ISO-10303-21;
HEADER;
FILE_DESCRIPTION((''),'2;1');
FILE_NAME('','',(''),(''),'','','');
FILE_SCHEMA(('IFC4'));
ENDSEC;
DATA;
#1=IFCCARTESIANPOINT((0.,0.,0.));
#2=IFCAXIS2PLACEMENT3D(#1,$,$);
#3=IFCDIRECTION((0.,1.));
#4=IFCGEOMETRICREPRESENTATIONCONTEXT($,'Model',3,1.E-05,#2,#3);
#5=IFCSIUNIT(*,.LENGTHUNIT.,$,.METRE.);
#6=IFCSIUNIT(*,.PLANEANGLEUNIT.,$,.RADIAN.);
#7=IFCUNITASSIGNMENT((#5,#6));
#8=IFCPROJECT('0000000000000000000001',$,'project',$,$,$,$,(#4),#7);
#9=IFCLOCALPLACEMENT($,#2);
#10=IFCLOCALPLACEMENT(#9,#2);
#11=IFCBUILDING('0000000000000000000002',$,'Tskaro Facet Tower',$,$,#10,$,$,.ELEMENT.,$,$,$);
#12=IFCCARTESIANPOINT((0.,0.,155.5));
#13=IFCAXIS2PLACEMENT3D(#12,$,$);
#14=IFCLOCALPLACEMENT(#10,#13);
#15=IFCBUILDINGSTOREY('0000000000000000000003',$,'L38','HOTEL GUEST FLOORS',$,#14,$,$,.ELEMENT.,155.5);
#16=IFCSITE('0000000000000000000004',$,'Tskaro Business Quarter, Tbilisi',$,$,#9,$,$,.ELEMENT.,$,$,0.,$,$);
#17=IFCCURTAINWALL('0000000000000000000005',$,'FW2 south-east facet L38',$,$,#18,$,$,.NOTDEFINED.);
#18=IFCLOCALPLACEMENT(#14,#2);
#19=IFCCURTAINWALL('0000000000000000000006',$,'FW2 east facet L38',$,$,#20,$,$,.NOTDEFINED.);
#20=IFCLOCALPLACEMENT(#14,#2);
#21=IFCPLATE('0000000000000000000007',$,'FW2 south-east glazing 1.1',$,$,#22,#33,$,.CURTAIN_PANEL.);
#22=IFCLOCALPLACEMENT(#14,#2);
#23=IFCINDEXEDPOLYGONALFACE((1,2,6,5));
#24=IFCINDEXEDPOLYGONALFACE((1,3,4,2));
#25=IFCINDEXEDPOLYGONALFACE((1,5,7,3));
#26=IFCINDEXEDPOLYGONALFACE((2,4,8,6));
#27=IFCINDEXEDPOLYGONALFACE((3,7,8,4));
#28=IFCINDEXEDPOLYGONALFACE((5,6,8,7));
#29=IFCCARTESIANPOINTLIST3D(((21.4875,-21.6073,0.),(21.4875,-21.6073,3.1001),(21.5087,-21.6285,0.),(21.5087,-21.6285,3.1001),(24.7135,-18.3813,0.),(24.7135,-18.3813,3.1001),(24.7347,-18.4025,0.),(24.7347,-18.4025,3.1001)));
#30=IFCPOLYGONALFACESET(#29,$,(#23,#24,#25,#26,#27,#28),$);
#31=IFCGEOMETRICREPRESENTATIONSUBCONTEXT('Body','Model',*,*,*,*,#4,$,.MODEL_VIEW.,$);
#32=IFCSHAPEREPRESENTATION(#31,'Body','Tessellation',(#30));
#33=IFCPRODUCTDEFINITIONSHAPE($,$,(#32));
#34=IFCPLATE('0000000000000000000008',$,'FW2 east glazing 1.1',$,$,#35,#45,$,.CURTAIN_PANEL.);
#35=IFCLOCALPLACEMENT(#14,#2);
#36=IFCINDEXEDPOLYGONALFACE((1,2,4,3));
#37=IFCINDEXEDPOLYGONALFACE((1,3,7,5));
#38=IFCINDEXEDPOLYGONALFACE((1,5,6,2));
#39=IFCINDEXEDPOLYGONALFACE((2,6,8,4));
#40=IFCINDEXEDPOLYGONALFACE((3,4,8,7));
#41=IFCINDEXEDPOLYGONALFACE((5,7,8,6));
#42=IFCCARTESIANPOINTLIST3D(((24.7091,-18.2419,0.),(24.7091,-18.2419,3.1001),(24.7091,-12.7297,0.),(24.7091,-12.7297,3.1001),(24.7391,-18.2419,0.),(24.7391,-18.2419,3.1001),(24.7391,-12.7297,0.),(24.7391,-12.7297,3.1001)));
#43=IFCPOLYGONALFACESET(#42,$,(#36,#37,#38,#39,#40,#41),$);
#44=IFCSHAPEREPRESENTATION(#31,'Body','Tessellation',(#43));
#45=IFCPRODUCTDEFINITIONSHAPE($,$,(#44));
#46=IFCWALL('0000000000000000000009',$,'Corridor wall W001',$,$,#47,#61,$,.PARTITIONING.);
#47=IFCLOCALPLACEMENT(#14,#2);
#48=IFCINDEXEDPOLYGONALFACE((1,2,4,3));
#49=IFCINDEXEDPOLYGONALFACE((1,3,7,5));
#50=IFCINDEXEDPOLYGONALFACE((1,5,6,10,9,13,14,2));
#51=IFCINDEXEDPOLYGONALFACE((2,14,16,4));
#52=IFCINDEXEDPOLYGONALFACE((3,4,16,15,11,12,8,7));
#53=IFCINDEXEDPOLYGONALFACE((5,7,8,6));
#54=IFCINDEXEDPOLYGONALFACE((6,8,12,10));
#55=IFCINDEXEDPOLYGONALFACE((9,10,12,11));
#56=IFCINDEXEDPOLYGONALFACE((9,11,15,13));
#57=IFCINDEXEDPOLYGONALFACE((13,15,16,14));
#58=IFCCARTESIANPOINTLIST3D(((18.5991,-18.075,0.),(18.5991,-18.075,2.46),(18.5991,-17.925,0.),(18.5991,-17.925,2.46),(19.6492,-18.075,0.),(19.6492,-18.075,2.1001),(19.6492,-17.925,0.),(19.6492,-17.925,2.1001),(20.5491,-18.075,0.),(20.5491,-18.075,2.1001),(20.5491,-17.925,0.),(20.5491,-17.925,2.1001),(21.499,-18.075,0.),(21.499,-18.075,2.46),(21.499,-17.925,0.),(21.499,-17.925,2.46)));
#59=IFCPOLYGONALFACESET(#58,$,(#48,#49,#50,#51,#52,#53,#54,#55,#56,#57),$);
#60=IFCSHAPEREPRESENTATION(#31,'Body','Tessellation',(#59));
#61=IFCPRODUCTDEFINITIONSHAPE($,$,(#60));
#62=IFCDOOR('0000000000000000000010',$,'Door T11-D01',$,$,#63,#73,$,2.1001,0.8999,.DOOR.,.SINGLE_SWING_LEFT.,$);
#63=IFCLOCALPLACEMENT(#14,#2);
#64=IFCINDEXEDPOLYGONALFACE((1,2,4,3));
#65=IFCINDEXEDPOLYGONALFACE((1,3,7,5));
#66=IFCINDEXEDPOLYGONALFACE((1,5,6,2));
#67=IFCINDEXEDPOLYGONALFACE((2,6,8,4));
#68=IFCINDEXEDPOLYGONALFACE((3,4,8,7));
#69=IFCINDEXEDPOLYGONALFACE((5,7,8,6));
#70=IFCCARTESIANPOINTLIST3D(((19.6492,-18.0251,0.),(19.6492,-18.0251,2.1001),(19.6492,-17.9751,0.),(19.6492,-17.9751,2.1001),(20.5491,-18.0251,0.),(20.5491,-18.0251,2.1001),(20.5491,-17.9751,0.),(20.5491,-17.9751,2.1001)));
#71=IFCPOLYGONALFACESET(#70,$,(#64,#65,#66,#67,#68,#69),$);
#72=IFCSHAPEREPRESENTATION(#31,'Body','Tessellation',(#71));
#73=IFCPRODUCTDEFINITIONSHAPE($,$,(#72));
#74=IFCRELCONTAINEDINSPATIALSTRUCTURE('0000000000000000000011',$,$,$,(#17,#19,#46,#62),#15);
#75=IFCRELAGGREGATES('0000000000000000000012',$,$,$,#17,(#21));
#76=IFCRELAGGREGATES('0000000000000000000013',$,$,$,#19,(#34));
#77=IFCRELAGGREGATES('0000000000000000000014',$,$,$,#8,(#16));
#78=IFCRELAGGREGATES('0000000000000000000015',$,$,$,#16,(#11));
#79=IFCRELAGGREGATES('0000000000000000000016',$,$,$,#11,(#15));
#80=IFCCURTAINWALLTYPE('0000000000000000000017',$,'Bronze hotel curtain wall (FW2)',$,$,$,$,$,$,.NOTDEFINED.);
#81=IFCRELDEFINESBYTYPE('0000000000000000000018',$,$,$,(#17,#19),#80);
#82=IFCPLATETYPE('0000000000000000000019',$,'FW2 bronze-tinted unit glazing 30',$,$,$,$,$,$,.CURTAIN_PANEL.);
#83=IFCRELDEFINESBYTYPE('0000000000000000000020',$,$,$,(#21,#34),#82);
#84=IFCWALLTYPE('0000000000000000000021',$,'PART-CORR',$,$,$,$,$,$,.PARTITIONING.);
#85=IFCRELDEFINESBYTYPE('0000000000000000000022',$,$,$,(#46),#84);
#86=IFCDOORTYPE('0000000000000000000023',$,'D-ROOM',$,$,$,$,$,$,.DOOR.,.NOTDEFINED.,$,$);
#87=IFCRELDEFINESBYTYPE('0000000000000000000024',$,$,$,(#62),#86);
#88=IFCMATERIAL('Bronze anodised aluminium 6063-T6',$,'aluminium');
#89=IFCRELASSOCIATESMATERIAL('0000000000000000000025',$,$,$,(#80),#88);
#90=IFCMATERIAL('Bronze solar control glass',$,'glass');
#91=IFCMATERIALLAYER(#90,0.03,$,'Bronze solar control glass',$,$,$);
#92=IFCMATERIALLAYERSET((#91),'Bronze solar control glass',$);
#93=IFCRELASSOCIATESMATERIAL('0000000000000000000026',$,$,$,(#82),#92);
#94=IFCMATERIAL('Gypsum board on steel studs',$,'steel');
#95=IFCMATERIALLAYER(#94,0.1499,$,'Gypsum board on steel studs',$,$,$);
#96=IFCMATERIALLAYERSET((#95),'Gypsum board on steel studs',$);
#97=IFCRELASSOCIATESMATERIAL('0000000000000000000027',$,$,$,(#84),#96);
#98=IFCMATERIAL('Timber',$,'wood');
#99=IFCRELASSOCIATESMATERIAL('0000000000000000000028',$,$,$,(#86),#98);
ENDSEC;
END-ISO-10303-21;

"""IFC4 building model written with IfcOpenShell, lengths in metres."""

from ifc_helpers import new_model, si_unit, direction, frame, frame_2d, origin, origin_2d, place, context, subcontext, project, spatial, rectangle, extrude, material, layer, layer_set, type_object, element, fill, aggregate, save


model = new_model("IFC4")

# Units and contexts
model_context = context("Model", 3, precision=1e-05, world=origin(), true_north=direction((0.0, 1.0)))
body_context = subcontext(model_context, "Body", "Model", "MODEL_VIEW")
ifc_project = project(units=[si_unit("LENGTHUNIT", "METRE"), si_unit("PLANEANGLEUNIT", "RADIAN")], contexts=[model_context])

# Site, building, storey
site_placement = place(None, origin())
site = spatial("IfcSite", under=ifc_project, at=site_placement, Name="Tskaro Business Quarter, Tbilisi", CompositionType="ELEMENT", RefElevation=0.0)
building_placement = place(site_placement, origin())
building = spatial("IfcBuilding", under=site, at=building_placement, Name="Tskaro Facet Tower", CompositionType="ELEMENT")
storey_placement = place(building_placement, frame((0.0, 0.0, 155.5)))
storey = spatial("IfcBuildingStorey", under=building, at=storey_placement, Name="L38", Description="HOTEL GUEST FLOORS", CompositionType="ELEMENT", Elevation=155.5)

# Curtain walls
ifc_material_1 = material(Name="Bronze anodised aluminium 6063-T6", Category="aluminium")
curtain_wall_type = type_object("IfcCurtainWallType", Name="Bronze hotel curtain wall (FW2)", PredefinedType="NOTDEFINED", material=ifc_material_1)
curtain_wall_1_placement = place(storey_placement, origin())
curtain_wall_1 = element("IfcCurtainWall", 1, at=curtain_wall_1_placement, inside=storey, type_object=curtain_wall_type, Name="FW2 south-east facet L38", PredefinedType="NOTDEFINED")
curtain_wall_2_placement = place(storey_placement, origin())
curtain_wall_2 = element("IfcCurtainWall", 2, at=curtain_wall_2_placement, inside=storey, type_object=curtain_wall_type, Name="FW2 east facet L38", PredefinedType="NOTDEFINED")

# Shared definitions
ifc_material_2 = material(Name="Bronze solar control glass", Category="glass")
ifc_layer_1 = layer(ifc_material_2, 0.03, Name="Bronze solar control glass")
ifc_layer_set_1 = layer_set([ifc_layer_1], Name="Bronze solar control glass")
plate_type = type_object("IfcPlateType", Name="FW2 bronze-tinted unit glazing 30", PredefinedType="CURTAIN_PANEL", material=ifc_layer_set_1)

# Plates
plate_1_placement = place(storey_placement, frame((23.1111, -20.0049, 0.0), z_axis=(0.0, 0.0, 1.0), x_axis=(0.707107, 0.707107, 0.0)))
plate_1 = element("IfcPlate", 3, at=plate_1_placement, type_object=plate_type, Name="FW2 south-east glazing 1.1", PredefinedType="CURTAIN_PANEL", context=body_context, shape_type="SweptSolid", body=[
    extrude(rectangle(XDim=4.5623, YDim=0.03, at=origin_2d()), origin(), (0.0, 0.0, 1.0), 3.1001),
])
aggregate(curtain_wall_1, [plate_1])
plate_2_placement = place(storey_placement, frame((24.7241, -15.4858, 0.0), z_axis=(0.0, 0.0, 1.0), x_axis=(0.0, 1.0, 0.0)))
plate_2 = element("IfcPlate", 4, at=plate_2_placement, type_object=plate_type, Name="FW2 east glazing 1.1", PredefinedType="CURTAIN_PANEL", context=body_context, shape_type="SweptSolid", body=[
    extrude(rectangle(XDim=5.5122, YDim=0.03, at=origin_2d()), origin(), (0.0, 0.0, 1.0), 3.1001),
])
aggregate(curtain_wall_2, [plate_2])

# Wall, opening, door
ifc_material_3 = material(Name="Gypsum board on steel studs", Category="steel")
ifc_layer_2 = layer(ifc_material_3, 0.1499, Name="Gypsum board on steel studs")
ifc_layer_set_2 = layer_set([ifc_layer_2], Name="Gypsum board on steel studs")
wall_type_1 = type_object("IfcWallType", Name="PART-CORR", PredefinedType="PARTITIONING", material=ifc_layer_set_2)
wall_1_placement = place(storey_placement, frame((18.5991, -18.0, 0.0), z_axis=(0.0, 0.0, 1.0), x_axis=(1.0, 0.0, 0.0)))
wall_1 = element("IfcWall", 5, at=wall_1_placement, inside=storey, type_object=wall_type_1, Name="Corridor wall W001", PredefinedType="PARTITIONING", context=body_context, shape_type="SweptSolid", body=[
    extrude(rectangle(XDim=2.8999, YDim=0.1499, at=frame_2d((1.45, 0.0))), origin(), (0.0, 0.0, 1.0), 2.46),
])
opening_1_placement = place(wall_1_placement, frame((1.05, 0.0, 0.0)))
opening_1 = element("IfcOpeningElement", 6, at=opening_1_placement, cuts=wall_1, PredefinedType="OPENING", context=body_context, shape_type="SweptSolid", body=[
    extrude(rectangle(XDim=0.8999, YDim=2.1001, at=frame_2d((0.45, 1.05))), frame((0.0, 0.085, 0.0), z_axis=(0.0, -1.0, 0.0), x_axis=(1.0, 0.0, 0.0)), (0.0, 0.0, 1.0), 0.1699),
])
ifc_material_4 = material(Name="Timber", Category="wood")
door_type_1 = type_object("IfcDoorType", Name="D-ROOM", OperationType="NOTDEFINED", PredefinedType="DOOR", material=ifc_material_4)
door_1_placement = place(opening_1_placement, origin())
door_1 = element("IfcDoor", 7, at=door_1_placement, inside=storey, type_object=door_type_1, Name="Door T11-D01", OperationType="SINGLE_SWING_LEFT", OverallHeight=2.1001, OverallWidth=0.8999, PredefinedType="DOOR", context=body_context, shape_type="SweptSolid", body=[
    extrude(rectangle(XDim=0.8999, YDim=2.1001, at=frame_2d((0.45, 1.05))), frame((0.0, 0.0249, 0.0), z_axis=(0.0, -1.0, 0.0), x_axis=(1.0, 0.0, 0.0)), (0.0, 0.0, 1.0), 0.05),
])
fill(opening_1, door_1)

save(model, "model.ifc")
